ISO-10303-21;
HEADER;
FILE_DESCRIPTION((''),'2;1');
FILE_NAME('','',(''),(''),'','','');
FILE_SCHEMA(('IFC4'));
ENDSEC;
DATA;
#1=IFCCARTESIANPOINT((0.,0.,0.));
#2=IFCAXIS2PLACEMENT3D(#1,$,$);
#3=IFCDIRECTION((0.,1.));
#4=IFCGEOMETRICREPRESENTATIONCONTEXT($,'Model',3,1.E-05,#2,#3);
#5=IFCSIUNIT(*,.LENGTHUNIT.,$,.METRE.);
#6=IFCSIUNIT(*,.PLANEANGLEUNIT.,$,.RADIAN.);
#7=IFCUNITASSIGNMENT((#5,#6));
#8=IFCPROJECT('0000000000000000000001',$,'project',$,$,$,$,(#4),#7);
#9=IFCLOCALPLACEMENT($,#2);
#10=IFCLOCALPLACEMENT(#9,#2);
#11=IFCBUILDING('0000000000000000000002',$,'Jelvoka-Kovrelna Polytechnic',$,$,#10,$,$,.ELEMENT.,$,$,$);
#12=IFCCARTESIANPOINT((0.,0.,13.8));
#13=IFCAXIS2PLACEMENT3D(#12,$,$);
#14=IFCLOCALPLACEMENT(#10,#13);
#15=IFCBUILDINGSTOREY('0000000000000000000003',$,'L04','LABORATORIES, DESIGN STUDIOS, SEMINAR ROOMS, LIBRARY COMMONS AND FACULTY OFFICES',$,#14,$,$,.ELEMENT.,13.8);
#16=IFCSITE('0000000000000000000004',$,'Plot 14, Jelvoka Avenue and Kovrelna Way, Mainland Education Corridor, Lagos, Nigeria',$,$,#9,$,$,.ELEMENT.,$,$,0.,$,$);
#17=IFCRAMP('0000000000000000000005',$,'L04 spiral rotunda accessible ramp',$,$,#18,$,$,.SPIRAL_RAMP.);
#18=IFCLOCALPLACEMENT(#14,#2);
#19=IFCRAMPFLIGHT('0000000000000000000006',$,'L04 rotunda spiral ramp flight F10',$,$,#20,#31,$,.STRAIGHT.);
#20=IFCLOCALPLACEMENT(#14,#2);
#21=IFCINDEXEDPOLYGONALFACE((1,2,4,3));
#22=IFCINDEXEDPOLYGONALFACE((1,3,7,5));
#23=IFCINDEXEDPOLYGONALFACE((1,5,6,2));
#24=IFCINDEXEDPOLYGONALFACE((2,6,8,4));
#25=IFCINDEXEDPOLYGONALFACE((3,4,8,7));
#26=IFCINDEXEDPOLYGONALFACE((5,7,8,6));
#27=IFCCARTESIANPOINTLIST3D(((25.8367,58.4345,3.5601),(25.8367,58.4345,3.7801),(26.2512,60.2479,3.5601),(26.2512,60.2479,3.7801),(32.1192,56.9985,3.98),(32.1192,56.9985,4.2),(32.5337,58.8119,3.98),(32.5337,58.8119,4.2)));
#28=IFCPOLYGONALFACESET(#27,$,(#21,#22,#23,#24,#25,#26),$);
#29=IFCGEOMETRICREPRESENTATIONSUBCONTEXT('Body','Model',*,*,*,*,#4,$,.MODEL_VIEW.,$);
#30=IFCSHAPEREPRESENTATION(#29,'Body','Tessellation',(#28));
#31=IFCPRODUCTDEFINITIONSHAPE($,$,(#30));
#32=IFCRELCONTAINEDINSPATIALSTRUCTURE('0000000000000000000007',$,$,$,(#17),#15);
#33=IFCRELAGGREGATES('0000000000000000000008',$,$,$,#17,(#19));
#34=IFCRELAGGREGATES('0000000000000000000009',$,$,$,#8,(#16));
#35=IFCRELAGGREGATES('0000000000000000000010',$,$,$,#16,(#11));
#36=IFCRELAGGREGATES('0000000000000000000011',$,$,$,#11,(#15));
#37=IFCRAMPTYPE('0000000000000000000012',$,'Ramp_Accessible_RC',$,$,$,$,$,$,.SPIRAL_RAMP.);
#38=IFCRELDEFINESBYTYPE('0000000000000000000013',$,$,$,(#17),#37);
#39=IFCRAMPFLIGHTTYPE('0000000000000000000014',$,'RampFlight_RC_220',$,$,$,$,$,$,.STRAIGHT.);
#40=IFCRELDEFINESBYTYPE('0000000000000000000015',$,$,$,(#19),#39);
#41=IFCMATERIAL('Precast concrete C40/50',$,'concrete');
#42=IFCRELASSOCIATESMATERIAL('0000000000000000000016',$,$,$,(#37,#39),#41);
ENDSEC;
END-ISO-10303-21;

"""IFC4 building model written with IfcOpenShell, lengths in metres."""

from ifc_helpers import new_model, si_unit, direction, frame, origin, place, context, subcontext, project, spatial, polyline, outline, extrude, material, type_object, element, aggregate, save


model = new_model("IFC4")

# Units and contexts
model_context = context("Model", 3, precision=1e-05, world=origin(), true_north=direction((0.0, 1.0)))
body_context = subcontext(model_context, "Body", "Model", "MODEL_VIEW")
ifc_project = project(units=[si_unit("LENGTHUNIT", "METRE"), si_unit("PLANEANGLEUNIT", "RADIAN")], contexts=[model_context])

# Site, building, storey
site_placement = place(None, origin())
site = spatial("IfcSite", under=ifc_project, at=site_placement, Name="Plot 14, Jelvoka Avenue and Kovrelna Way, Mainland Education Corridor, Lagos, Nigeria", CompositionType="ELEMENT", RefElevation=0.0)
building_placement = place(site_placement, origin())
building = spatial("IfcBuilding", under=site, at=building_placement, Name="Jelvoka-Kovrelna Polytechnic", CompositionType="ELEMENT")
storey_placement = place(building_placement, frame((0.0, 0.0, 13.8)))
storey = spatial("IfcBuildingStorey", under=building, at=storey_placement, Name="L04", Description="LABORATORIES, DESIGN STUDIOS, SEMINAR ROOMS, LIBRARY COMMONS AND FACULTY OFFICES", CompositionType="ELEMENT", Elevation=13.8)

# Ramp, ramp flight
ifc_material_1 = material(Name="Precast concrete C40/50", Category="concrete")
ramp_type = type_object("IfcRampType", Name="Ramp_Accessible_RC", PredefinedType="SPIRAL_RAMP", material=ifc_material_1)
ramp_placement = place(storey_placement, origin())
ramp = element("IfcRamp", 1, at=ramp_placement, inside=storey, type_object=ramp_type, Name="L04 spiral rotunda accessible ramp", PredefinedType="SPIRAL_RAMP")
ramp_flight_type = type_object("IfcRampFlightType", Name="RampFlight_RC_220", PredefinedType="STRAIGHT", material=ifc_material_1)
ramp_flight_placement = place(None, frame((26.0439, 59.3413, 17.5801), z_axis=(0.0, 0.0, 1.0), x_axis=(0.974859, -0.222821, 0.0)))
ramp_flight = element("IfcRampFlight", 2, at=ramp_flight_placement, type_object=ramp_flight_type, Name="L04 rotunda spiral ramp flight F10", PredefinedType="STRAIGHT", context=body_context, shape_type="SweptSolid", body=[
    extrude(outline(polyline([(0.0, 0.0), (6.4446, 0.4199), (6.4446, 0.2), (0.0, -0.22), (0.0, 0.0)])), frame((0.0, 0.9299, 0.0), z_axis=(0.0, -1.0, 0.0), x_axis=(1.0, 0.0, 0.0)), (0.0, 0.0, 1.0), 1.8601),
])
aggregate(ramp, [ramp_flight])

save(model, "model.ifc")
